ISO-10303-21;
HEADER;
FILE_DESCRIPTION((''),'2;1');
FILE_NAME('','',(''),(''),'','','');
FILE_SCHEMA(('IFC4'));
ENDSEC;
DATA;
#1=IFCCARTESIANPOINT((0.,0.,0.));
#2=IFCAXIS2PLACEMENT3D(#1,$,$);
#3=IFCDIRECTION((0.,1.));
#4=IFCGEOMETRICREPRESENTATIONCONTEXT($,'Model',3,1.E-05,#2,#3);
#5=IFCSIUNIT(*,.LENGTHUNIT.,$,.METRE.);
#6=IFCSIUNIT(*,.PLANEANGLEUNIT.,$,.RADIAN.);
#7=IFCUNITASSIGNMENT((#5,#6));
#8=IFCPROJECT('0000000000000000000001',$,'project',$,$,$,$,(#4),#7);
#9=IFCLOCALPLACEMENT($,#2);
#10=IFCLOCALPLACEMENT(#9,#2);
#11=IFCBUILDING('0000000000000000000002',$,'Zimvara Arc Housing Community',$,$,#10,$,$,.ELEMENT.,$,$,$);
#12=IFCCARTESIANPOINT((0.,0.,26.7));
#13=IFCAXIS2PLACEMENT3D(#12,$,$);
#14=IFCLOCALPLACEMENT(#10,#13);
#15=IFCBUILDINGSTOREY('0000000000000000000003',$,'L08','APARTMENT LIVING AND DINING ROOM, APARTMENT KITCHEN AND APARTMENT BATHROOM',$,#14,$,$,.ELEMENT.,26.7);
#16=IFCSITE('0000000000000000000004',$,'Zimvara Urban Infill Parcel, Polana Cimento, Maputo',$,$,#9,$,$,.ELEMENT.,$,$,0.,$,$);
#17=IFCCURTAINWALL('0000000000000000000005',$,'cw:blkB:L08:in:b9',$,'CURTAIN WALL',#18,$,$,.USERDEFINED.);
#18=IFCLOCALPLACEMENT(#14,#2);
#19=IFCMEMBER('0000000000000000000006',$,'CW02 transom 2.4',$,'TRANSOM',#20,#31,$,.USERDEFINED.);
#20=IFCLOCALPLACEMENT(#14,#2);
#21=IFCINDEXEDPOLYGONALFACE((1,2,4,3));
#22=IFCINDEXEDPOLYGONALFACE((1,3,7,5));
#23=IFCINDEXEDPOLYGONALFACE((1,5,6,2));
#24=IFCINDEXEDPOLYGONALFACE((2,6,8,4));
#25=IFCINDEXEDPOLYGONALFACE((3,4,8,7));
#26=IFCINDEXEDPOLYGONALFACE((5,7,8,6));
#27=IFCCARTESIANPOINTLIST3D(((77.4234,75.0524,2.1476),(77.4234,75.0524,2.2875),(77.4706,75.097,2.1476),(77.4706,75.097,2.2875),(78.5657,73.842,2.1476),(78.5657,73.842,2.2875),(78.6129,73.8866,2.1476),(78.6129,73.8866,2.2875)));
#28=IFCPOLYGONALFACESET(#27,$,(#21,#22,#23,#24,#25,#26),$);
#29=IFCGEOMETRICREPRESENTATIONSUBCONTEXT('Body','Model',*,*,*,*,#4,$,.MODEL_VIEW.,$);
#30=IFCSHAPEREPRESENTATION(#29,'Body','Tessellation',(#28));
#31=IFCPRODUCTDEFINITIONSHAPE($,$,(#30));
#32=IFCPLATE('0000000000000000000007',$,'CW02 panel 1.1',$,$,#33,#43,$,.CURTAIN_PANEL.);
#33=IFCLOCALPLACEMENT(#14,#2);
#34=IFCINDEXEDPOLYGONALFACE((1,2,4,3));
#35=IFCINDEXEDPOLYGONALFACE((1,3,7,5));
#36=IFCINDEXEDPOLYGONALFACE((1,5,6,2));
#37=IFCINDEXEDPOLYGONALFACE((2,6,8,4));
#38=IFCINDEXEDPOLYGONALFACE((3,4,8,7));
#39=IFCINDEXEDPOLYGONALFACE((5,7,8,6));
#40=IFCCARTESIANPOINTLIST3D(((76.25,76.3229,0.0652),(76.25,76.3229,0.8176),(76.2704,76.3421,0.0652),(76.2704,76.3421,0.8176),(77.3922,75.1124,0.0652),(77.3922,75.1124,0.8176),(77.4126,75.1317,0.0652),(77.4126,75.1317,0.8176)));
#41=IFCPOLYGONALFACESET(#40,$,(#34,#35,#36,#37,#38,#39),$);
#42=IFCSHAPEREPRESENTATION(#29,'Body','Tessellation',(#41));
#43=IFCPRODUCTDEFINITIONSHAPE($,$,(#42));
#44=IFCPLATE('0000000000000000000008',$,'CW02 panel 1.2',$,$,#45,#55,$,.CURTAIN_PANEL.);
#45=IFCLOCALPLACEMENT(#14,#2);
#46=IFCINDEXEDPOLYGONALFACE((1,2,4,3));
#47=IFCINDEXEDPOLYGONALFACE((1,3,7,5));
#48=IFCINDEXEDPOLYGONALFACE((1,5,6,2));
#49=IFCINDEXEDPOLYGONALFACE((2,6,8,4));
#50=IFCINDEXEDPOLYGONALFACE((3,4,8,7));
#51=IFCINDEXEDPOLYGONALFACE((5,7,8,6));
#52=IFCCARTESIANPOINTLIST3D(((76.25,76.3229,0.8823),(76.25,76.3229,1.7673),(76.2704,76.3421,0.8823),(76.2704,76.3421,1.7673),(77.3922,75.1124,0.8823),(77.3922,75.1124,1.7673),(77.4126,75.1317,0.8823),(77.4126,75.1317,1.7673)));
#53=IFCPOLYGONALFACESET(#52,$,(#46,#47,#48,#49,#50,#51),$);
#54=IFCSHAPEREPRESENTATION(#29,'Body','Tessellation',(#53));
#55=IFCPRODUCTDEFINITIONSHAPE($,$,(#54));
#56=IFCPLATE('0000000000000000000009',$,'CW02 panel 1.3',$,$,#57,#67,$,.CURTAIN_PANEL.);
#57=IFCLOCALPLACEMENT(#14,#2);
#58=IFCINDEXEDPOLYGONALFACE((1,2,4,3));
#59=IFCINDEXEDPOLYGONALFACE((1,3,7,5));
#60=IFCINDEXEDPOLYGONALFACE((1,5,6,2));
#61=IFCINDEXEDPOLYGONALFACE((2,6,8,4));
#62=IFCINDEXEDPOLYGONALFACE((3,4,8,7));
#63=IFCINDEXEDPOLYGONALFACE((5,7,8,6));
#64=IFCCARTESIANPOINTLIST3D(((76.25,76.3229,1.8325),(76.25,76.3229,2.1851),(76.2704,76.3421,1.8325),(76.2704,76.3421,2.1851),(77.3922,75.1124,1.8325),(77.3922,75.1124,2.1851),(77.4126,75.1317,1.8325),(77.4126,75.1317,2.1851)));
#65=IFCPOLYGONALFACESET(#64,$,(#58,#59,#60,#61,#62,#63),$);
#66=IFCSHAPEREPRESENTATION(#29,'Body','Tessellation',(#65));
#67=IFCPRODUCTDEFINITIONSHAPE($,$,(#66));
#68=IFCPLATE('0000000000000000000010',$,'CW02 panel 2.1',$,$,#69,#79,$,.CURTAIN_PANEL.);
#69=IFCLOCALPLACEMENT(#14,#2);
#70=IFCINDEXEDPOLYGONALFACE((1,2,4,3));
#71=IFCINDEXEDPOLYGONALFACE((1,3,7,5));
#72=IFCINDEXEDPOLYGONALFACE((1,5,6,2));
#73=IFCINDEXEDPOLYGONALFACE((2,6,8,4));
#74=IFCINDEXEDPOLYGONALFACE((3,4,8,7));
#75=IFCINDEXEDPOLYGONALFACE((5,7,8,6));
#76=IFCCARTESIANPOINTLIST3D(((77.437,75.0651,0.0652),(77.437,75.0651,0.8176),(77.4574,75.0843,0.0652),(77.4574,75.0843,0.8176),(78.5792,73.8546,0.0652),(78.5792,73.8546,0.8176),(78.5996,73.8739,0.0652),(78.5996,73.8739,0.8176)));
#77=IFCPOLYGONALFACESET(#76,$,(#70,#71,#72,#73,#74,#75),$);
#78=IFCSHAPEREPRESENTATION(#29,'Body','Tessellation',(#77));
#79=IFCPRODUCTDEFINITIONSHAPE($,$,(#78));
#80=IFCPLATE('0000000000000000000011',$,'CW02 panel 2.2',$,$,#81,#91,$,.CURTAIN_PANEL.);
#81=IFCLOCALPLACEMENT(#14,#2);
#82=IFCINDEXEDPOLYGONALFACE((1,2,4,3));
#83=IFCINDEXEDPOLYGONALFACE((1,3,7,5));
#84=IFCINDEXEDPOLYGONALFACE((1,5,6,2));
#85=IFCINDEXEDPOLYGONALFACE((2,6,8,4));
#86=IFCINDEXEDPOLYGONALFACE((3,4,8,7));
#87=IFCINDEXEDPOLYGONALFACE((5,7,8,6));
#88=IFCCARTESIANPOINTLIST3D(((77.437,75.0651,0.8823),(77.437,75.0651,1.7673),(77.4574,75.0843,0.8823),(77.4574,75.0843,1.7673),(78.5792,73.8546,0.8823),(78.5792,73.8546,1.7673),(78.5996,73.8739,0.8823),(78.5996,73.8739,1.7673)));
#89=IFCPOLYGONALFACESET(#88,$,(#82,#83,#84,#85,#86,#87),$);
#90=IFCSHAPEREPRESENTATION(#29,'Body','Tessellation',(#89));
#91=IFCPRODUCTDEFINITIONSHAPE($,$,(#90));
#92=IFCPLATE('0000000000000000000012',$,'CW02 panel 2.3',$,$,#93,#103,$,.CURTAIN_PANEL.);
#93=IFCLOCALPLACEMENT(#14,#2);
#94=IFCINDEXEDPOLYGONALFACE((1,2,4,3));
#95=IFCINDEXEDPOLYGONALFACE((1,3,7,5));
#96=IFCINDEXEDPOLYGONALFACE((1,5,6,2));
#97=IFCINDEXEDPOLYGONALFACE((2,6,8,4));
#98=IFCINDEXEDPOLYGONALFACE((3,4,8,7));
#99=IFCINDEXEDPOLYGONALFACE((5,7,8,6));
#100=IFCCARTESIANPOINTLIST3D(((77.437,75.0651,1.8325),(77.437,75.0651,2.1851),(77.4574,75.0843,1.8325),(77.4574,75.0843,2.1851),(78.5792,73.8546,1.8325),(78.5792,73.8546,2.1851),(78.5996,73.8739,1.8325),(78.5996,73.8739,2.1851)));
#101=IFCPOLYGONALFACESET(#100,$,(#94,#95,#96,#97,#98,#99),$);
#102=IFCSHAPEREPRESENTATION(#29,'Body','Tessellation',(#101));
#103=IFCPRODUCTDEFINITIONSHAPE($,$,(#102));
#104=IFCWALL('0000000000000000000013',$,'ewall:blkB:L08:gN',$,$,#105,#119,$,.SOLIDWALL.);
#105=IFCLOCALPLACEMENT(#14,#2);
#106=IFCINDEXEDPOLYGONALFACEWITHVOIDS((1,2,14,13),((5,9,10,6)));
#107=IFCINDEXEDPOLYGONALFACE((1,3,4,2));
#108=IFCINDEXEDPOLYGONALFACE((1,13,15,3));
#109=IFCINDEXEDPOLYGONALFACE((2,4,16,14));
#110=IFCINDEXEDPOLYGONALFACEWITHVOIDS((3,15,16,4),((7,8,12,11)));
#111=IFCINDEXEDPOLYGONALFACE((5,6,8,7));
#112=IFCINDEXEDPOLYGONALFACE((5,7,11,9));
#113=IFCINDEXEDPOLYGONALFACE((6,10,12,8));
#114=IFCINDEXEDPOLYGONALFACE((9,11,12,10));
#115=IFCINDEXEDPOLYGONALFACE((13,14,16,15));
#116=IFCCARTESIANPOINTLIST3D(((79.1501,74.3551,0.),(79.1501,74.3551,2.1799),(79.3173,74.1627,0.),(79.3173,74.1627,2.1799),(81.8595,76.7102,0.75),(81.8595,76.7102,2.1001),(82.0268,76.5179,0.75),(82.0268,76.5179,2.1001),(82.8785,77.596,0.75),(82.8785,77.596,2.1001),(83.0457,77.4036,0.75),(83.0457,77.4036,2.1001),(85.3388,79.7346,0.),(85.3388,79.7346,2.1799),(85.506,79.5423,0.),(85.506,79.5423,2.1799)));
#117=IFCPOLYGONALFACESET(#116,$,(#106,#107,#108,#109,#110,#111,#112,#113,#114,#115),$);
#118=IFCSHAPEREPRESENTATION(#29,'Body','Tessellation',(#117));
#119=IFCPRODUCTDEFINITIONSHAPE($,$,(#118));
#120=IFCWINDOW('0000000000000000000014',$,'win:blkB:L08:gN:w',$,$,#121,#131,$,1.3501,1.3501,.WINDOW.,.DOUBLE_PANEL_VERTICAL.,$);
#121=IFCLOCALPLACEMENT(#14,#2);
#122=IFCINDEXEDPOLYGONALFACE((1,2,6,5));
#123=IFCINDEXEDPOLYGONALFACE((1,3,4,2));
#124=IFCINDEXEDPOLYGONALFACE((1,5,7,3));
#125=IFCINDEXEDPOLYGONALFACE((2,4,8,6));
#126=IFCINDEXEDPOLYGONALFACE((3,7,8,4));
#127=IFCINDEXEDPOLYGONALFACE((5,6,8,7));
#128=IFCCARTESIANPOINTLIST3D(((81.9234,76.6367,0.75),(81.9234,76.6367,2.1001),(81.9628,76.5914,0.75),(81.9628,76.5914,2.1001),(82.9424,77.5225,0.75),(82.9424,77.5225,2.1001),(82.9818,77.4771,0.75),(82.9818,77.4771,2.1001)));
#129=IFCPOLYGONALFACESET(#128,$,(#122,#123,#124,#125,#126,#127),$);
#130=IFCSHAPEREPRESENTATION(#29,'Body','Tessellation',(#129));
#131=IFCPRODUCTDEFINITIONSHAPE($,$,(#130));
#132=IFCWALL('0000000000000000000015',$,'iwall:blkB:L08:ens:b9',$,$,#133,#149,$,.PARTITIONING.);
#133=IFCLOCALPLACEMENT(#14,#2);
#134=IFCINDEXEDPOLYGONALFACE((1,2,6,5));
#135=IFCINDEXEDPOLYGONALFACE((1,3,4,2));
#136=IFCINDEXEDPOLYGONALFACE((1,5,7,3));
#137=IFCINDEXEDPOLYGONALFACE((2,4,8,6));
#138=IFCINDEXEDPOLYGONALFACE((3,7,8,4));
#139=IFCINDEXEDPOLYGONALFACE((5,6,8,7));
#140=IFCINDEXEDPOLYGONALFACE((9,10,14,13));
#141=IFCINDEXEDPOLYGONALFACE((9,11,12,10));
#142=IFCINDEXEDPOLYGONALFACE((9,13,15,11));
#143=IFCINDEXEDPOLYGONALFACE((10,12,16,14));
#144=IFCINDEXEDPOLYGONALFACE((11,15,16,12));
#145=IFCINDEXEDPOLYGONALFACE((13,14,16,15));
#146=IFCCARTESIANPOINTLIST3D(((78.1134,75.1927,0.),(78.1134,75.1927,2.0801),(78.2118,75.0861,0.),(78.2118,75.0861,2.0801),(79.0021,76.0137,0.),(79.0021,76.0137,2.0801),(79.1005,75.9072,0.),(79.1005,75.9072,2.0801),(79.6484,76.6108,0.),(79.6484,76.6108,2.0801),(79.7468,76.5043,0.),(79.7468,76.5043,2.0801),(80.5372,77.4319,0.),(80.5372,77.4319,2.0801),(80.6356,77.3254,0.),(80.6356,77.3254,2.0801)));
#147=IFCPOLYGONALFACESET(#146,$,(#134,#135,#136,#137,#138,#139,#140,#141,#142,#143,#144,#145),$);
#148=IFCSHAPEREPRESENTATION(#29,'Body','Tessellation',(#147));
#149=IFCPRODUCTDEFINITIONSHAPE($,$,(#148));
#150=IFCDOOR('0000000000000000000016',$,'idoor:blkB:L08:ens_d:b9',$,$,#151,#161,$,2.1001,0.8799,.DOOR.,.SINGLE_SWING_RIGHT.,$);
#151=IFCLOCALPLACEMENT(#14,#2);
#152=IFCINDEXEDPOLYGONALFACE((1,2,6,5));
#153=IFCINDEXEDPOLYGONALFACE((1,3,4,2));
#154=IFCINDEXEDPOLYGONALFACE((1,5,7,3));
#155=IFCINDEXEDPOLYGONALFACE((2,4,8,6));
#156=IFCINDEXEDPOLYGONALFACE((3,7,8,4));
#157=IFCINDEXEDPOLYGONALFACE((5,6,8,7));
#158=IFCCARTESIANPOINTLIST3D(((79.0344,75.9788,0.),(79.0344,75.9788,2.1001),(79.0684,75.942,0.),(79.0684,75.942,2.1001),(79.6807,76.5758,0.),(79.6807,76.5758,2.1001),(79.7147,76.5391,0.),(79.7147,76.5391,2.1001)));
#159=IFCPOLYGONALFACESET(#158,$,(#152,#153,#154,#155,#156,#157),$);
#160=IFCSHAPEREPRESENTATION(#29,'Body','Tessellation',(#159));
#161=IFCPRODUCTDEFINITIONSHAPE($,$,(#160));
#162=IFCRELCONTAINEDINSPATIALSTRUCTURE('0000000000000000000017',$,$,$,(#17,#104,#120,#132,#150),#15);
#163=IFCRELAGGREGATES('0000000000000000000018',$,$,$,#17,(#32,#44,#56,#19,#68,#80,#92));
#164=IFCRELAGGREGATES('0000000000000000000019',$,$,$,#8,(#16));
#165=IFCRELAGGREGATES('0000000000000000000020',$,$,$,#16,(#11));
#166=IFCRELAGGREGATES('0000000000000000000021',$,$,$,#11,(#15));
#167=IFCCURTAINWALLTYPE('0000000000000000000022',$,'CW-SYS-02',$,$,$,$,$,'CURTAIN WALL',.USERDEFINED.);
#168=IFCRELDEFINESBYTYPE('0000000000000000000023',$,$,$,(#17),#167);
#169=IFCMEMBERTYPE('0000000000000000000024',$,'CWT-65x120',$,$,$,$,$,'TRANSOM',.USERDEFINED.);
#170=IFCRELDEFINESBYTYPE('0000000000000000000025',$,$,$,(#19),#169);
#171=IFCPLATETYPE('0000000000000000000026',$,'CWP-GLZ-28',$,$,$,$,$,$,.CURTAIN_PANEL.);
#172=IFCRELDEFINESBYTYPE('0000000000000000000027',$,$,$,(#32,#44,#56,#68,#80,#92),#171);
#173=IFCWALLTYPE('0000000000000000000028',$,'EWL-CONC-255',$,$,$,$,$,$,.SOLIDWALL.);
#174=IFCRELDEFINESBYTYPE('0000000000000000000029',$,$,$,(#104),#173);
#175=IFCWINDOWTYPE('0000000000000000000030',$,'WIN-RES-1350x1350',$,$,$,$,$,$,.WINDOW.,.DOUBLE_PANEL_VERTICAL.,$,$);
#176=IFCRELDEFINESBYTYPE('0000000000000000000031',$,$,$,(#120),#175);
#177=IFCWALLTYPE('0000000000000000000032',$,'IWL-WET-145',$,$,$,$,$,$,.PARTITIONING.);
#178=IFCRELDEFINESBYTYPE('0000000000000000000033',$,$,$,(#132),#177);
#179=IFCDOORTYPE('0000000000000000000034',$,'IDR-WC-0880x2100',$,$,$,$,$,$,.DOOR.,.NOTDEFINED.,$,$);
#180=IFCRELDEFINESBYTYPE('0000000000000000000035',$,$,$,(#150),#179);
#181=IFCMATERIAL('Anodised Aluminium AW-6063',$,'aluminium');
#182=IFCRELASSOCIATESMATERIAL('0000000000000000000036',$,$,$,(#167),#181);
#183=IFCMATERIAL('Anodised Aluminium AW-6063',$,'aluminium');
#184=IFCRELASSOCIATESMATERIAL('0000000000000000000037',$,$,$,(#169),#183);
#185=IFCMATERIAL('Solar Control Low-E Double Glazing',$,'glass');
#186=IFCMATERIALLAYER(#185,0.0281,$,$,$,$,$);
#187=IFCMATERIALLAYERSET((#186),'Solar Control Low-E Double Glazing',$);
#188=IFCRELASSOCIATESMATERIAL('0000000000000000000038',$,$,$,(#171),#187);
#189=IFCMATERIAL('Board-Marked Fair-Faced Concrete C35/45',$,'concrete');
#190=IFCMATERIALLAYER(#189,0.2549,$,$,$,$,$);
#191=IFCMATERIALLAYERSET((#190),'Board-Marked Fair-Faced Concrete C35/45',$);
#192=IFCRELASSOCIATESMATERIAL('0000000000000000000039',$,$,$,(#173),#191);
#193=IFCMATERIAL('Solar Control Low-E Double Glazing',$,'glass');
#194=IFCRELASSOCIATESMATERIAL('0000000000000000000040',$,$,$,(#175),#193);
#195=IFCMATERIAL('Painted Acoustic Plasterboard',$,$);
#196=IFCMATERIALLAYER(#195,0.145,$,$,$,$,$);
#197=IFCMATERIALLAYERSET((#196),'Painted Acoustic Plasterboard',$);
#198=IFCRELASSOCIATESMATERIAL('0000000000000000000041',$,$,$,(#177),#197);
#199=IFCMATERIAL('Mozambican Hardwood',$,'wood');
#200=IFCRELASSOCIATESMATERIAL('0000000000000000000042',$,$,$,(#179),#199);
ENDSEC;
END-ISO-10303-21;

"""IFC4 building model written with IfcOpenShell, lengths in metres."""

from ifc_helpers import new_model, si_unit, direction, frame, frame_2d, origin, origin_2d, place, context, subcontext, project, spatial, rectangle, extrude, material, layer, layer_set, material_profile, profile_set, type_object, element, fill, aggregate, save


model = new_model("IFC4")

# Units and contexts
model_context = context("Model", 3, precision=1e-05, world=origin(), true_north=direction((0.0, 1.0)))
body_context = subcontext(model_context, "Body", "Model", "MODEL_VIEW")
ifc_project = project(units=[si_unit("LENGTHUNIT", "METRE"), si_unit("PLANEANGLEUNIT", "RADIAN")], contexts=[model_context])

# Site, building, storey
site_placement = place(None, origin())
site = spatial("IfcSite", under=ifc_project, at=site_placement, Name="Zimvara Urban Infill Parcel, Polana Cimento, Maputo", CompositionType="ELEMENT", RefElevation=0.0)
building_placement = place(site_placement, origin())
building = spatial("IfcBuilding", under=site, at=building_placement, Name="Zimvara Arc Housing Community", CompositionType="ELEMENT")
storey_placement = place(building_placement, frame((0.0, 0.0, 26.7)))
storey = spatial("IfcBuildingStorey", under=building, at=storey_placement, Name="L08", Description="APARTMENT LIVING AND DINING ROOM, APARTMENT KITCHEN AND APARTMENT BATHROOM", CompositionType="ELEMENT", Elevation=26.7)

# Curtain wall
ifc_material_1 = material(Name="Anodised Aluminium AW-6063", Category="aluminium")
curtain_wall_type_1 = type_object("IfcCurtainWallType", Name="CW-SYS-02", ElementType="CURTAIN WALL", PredefinedType="USERDEFINED", material=ifc_material_1)
curtain_wall_1_placement = place(storey_placement, origin())
curtain_wall_1 = element("IfcCurtainWall", 1, at=curtain_wall_1_placement, inside=storey, type_object=curtain_wall_type_1, Name="cw:blkB:L08:in:b9", ObjectType="CURTAIN WALL", PredefinedType="USERDEFINED")

# Member
ifc_material_2 = material(Name="Anodised Aluminium AW-6063", Category="aluminium")
ifc_material_profile_1 = material_profile(ifc_material_2, rectangle(XDim=0.0649, YDim=0.1399, at=origin_2d()), Name="ALU 65x140")
ifc_profile_set_1 = profile_set([ifc_material_profile_1], Name="Anodised Aluminium AW-6063")
member_type_1 = type_object("IfcMemberType", Name="CWT-65x120", ElementType="TRANSOM", PredefinedType="USERDEFINED", material=ifc_profile_set_1)
member_1_placement = place(storey_placement, frame((77.447, 75.0747, 2.2175), z_axis=(0.686348, -0.727273, 0.0), x_axis=(0.727273, 0.686348, 0.0)))
member_1 = element("IfcMember", 2, at=member_1_placement, type_object=member_type_1, Name="CW02 transom 2.4", ObjectType="TRANSOM", PredefinedType="USERDEFINED", context=body_context, shape_type="SweptSolid", body=[
    extrude(rectangle(XDim=0.0649, YDim=0.1399, at=origin_2d()), origin(), (0.0, 0.0, 1.0), 1.6643),
])

# Plates
ifc_material_3 = material(Name="Solar Control Low-E Double Glazing", Category="glass")
ifc_layer_1 = layer(ifc_material_3, 0.0281)
ifc_layer_set_1 = layer_set([ifc_layer_1], Name="Solar Control Low-E Double Glazing")
plate_type = type_object("IfcPlateType", Name="CWP-GLZ-28", PredefinedType="CURTAIN_PANEL", material=ifc_layer_set_1)
plate_1_placement = place(storey_placement, frame((76.8313, 75.7273, 0.0652), z_axis=(0.0, 0.0, 1.0), x_axis=(0.686327, -0.727293, 0.0)))
plate_1 = element("IfcPlate", 3, at=plate_1_placement, type_object=plate_type, Name="CW02 panel 1.1", PredefinedType="CURTAIN_PANEL", context=body_context, shape_type="SweptSolid", body=[
    extrude(rectangle(XDim=1.6643, YDim=0.0281, at=origin_2d()), origin(), (0.0, 0.0, 1.0), 0.7524),
])
plate_2_placement = place(storey_placement, frame((76.8313, 75.7273, 0.8823), z_axis=(0.0, 0.0, 1.0), x_axis=(0.686327, -0.727293, 0.0)))
plate_2 = element("IfcPlate", 4, at=plate_2_placement, type_object=plate_type, Name="CW02 panel 1.2", PredefinedType="CURTAIN_PANEL", context=body_context, shape_type="SweptSolid", body=[
    extrude(rectangle(XDim=1.6643, YDim=0.0281, at=origin_2d()), origin(), (0.0, 0.0, 1.0), 0.885),
])
plate_3_placement = place(storey_placement, frame((76.8313, 75.7273, 1.8325), z_axis=(0.0, 0.0, 1.0), x_axis=(0.686327, -0.727293, 0.0)))
plate_3 = element("IfcPlate", 5, at=plate_3_placement, type_object=plate_type, Name="CW02 panel 1.3", PredefinedType="CURTAIN_PANEL", context=body_context, shape_type="SweptSolid", body=[
    extrude(rectangle(XDim=1.6643, YDim=0.0281, at=origin_2d()), origin(), (0.0, 0.0, 1.0), 0.3525),
])
plate_4_placement = place(storey_placement, frame((78.0183, 74.4695, 0.0652), z_axis=(0.0, 0.0, 1.0), x_axis=(0.686327, -0.727293, 0.0)))
plate_4 = element("IfcPlate", 6, at=plate_4_placement, type_object=plate_type, Name="CW02 panel 2.1", PredefinedType="CURTAIN_PANEL", context=body_context, shape_type="SweptSolid", body=[
    extrude(rectangle(XDim=1.6643, YDim=0.0281, at=origin_2d()), origin(), (0.0, 0.0, 1.0), 0.7524),
])
plate_5_placement = place(storey_placement, frame((78.0183, 74.4695, 0.8823), z_axis=(0.0, 0.0, 1.0), x_axis=(0.686327, -0.727293, 0.0)))
plate_5 = element("IfcPlate", 7, at=plate_5_placement, type_object=plate_type, Name="CW02 panel 2.2", PredefinedType="CURTAIN_PANEL", context=body_context, shape_type="SweptSolid", body=[
    extrude(rectangle(XDim=1.6643, YDim=0.0281, at=origin_2d()), origin(), (0.0, 0.0, 1.0), 0.885),
])
plate_6_placement = place(storey_placement, frame((78.0183, 74.4695, 1.8325), z_axis=(0.0, 0.0, 1.0), x_axis=(0.686327, -0.727293, 0.0)))
plate_6 = element("IfcPlate", 8, at=plate_6_placement, type_object=plate_type, Name="CW02 panel 2.3", PredefinedType="CURTAIN_PANEL", context=body_context, shape_type="SweptSolid", body=[
    extrude(rectangle(XDim=1.6643, YDim=0.0281, at=origin_2d()), origin(), (0.0, 0.0, 1.0), 0.3525),
])
aggregate(curtain_wall_1, [plate_1, plate_2, plate_3, member_1, plate_4, plate_5, plate_6])

# Wall, opening, window
ifc_material_4 = material(Name="Board-Marked Fair-Faced Concrete C35/45", Category="concrete")
ifc_layer_2 = layer(ifc_material_4, 0.2549)
ifc_layer_set_2 = layer_set([ifc_layer_2], Name="Board-Marked Fair-Faced Concrete C35/45")
wall_type_1 = type_object("IfcWallType", Name="EWL-CONC-255", PredefinedType="SOLIDWALL", material=ifc_layer_set_2)
wall_1_placement = place(storey_placement, frame((79.2336, 74.2588, 0.0), z_axis=(0.0, 0.0, 1.0), x_axis=(0.754718, 0.65605, 0.0)))
wall_1 = element("IfcWall", 9, at=wall_1_placement, inside=storey, type_object=wall_type_1, Name="ewall:blkB:L08:gN", PredefinedType="SOLIDWALL", context=body_context, shape_type="SweptSolid", body=[
    extrude(rectangle(XDim=8.2, YDim=0.2549, at=frame_2d((4.1001, 0.0))), origin(), (0.0, 0.0, 1.0), 2.1799),
])
opening_1_placement = place(wall_1_placement, frame((3.5901, 0.0, 0.75)))
opening_1 = element("IfcOpeningElement", 10, at=opening_1_placement, cuts=wall_1, PredefinedType="OPENING", context=body_context, shape_type="SweptSolid", body=[
    extrude(rectangle(XDim=1.3501, YDim=1.3501, at=frame_2d((0.675, 0.675))), frame((0.0, 0.1375, 0.0), z_axis=(0.0, -1.0, 0.0), x_axis=(1.0, 0.0, 0.0)), (0.0, 0.0, 1.0), 0.2749),
])
ifc_material_5 = material(Name="Solar Control Low-E Double Glazing", Category="glass")
window_type = type_object("IfcWindowType", Name="WIN-RES-1350x1350", PartitioningType="DOUBLE_PANEL_VERTICAL", PredefinedType="WINDOW", material=ifc_material_5)
window_placement = place(opening_1_placement, origin())
window = element("IfcWindow", 11, at=window_placement, inside=storey, type_object=window_type, Name="win:blkB:L08:gN:w", OverallHeight=1.3501, OverallWidth=1.3501, PartitioningType="DOUBLE_PANEL_VERTICAL", PredefinedType="WINDOW", context=body_context, shape_type="SweptSolid", body=[
    extrude(rectangle(XDim=1.3501, YDim=1.3501, at=frame_2d((0.675, 0.675))), frame((0.0, 0.03, 0.0), z_axis=(0.0, -1.0, 0.0), x_axis=(1.0, 0.0, 0.0)), (0.0, 0.0, 1.0), 0.0601),
])
fill(opening_1, window)

# Wall, opening, door
ifc_material_6 = material(Name="Painted Acoustic Plasterboard")
ifc_layer_3 = layer(ifc_material_6, 0.145)
ifc_layer_set_3 = layer_set([ifc_layer_3], Name="Painted Acoustic Plasterboard")
wall_type_2 = type_object("IfcWallType", Name="IWL-WET-145", PredefinedType="PARTITIONING", material=ifc_layer_set_3)
wall_2_placement = place(storey_placement, frame((78.1626, 75.1394, 0.0), z_axis=(0.0, 0.0, 1.0), x_axis=(0.73452, 0.678587, 0.0)))
wall_2 = element("IfcWall", 12, at=wall_2_placement, inside=storey, type_object=wall_type_2, Name="iwall:blkB:L08:ens:b9", PredefinedType="PARTITIONING", context=body_context, shape_type="SweptSolid", body=[
    extrude(rectangle(XDim=3.2998, YDim=0.145, at=frame_2d((1.6499, 0.0))), origin(), (0.0, 0.0, 1.0), 2.0801),
])
opening_2_placement = place(wall_2_placement, frame((1.21, 0.0, 0.0)))
opening_2 = element("IfcOpeningElement", 13, at=opening_2_placement, cuts=wall_2, PredefinedType="OPENING", context=body_context, shape_type="SweptSolid", body=[
    extrude(rectangle(XDim=0.8799, YDim=2.1001, at=frame_2d((0.4399, 1.05))), frame((0.0, 0.0825, 0.0), z_axis=(0.0, -1.0, 0.0), x_axis=(1.0, 0.0, 0.0)), (0.0, 0.0, 1.0), 0.165),
])
ifc_material_7 = material(Name="Mozambican Hardwood", Category="wood")
door_type = type_object("IfcDoorType", Name="IDR-WC-0880x2100", OperationType="NOTDEFINED", PredefinedType="DOOR", material=ifc_material_7)
door_placement = place(opening_2_placement, origin())
door = element("IfcDoor", 14, at=door_placement, inside=storey, type_object=door_type, Name="idoor:blkB:L08:ens_d:b9", OperationType="SINGLE_SWING_RIGHT", OverallHeight=2.1001, OverallWidth=0.8799, PredefinedType="DOOR", context=body_context, shape_type="SweptSolid", body=[
    extrude(rectangle(XDim=0.8799, YDim=2.1001, at=frame_2d((0.4399, 1.05))), frame((0.0, 0.0249, 0.0), z_axis=(0.0, -1.0, 0.0), x_axis=(1.0, 0.0, 0.0)), (0.0, 0.0, 1.0), 0.05),
])
fill(opening_2, door)

save(model, "model.ifc")
